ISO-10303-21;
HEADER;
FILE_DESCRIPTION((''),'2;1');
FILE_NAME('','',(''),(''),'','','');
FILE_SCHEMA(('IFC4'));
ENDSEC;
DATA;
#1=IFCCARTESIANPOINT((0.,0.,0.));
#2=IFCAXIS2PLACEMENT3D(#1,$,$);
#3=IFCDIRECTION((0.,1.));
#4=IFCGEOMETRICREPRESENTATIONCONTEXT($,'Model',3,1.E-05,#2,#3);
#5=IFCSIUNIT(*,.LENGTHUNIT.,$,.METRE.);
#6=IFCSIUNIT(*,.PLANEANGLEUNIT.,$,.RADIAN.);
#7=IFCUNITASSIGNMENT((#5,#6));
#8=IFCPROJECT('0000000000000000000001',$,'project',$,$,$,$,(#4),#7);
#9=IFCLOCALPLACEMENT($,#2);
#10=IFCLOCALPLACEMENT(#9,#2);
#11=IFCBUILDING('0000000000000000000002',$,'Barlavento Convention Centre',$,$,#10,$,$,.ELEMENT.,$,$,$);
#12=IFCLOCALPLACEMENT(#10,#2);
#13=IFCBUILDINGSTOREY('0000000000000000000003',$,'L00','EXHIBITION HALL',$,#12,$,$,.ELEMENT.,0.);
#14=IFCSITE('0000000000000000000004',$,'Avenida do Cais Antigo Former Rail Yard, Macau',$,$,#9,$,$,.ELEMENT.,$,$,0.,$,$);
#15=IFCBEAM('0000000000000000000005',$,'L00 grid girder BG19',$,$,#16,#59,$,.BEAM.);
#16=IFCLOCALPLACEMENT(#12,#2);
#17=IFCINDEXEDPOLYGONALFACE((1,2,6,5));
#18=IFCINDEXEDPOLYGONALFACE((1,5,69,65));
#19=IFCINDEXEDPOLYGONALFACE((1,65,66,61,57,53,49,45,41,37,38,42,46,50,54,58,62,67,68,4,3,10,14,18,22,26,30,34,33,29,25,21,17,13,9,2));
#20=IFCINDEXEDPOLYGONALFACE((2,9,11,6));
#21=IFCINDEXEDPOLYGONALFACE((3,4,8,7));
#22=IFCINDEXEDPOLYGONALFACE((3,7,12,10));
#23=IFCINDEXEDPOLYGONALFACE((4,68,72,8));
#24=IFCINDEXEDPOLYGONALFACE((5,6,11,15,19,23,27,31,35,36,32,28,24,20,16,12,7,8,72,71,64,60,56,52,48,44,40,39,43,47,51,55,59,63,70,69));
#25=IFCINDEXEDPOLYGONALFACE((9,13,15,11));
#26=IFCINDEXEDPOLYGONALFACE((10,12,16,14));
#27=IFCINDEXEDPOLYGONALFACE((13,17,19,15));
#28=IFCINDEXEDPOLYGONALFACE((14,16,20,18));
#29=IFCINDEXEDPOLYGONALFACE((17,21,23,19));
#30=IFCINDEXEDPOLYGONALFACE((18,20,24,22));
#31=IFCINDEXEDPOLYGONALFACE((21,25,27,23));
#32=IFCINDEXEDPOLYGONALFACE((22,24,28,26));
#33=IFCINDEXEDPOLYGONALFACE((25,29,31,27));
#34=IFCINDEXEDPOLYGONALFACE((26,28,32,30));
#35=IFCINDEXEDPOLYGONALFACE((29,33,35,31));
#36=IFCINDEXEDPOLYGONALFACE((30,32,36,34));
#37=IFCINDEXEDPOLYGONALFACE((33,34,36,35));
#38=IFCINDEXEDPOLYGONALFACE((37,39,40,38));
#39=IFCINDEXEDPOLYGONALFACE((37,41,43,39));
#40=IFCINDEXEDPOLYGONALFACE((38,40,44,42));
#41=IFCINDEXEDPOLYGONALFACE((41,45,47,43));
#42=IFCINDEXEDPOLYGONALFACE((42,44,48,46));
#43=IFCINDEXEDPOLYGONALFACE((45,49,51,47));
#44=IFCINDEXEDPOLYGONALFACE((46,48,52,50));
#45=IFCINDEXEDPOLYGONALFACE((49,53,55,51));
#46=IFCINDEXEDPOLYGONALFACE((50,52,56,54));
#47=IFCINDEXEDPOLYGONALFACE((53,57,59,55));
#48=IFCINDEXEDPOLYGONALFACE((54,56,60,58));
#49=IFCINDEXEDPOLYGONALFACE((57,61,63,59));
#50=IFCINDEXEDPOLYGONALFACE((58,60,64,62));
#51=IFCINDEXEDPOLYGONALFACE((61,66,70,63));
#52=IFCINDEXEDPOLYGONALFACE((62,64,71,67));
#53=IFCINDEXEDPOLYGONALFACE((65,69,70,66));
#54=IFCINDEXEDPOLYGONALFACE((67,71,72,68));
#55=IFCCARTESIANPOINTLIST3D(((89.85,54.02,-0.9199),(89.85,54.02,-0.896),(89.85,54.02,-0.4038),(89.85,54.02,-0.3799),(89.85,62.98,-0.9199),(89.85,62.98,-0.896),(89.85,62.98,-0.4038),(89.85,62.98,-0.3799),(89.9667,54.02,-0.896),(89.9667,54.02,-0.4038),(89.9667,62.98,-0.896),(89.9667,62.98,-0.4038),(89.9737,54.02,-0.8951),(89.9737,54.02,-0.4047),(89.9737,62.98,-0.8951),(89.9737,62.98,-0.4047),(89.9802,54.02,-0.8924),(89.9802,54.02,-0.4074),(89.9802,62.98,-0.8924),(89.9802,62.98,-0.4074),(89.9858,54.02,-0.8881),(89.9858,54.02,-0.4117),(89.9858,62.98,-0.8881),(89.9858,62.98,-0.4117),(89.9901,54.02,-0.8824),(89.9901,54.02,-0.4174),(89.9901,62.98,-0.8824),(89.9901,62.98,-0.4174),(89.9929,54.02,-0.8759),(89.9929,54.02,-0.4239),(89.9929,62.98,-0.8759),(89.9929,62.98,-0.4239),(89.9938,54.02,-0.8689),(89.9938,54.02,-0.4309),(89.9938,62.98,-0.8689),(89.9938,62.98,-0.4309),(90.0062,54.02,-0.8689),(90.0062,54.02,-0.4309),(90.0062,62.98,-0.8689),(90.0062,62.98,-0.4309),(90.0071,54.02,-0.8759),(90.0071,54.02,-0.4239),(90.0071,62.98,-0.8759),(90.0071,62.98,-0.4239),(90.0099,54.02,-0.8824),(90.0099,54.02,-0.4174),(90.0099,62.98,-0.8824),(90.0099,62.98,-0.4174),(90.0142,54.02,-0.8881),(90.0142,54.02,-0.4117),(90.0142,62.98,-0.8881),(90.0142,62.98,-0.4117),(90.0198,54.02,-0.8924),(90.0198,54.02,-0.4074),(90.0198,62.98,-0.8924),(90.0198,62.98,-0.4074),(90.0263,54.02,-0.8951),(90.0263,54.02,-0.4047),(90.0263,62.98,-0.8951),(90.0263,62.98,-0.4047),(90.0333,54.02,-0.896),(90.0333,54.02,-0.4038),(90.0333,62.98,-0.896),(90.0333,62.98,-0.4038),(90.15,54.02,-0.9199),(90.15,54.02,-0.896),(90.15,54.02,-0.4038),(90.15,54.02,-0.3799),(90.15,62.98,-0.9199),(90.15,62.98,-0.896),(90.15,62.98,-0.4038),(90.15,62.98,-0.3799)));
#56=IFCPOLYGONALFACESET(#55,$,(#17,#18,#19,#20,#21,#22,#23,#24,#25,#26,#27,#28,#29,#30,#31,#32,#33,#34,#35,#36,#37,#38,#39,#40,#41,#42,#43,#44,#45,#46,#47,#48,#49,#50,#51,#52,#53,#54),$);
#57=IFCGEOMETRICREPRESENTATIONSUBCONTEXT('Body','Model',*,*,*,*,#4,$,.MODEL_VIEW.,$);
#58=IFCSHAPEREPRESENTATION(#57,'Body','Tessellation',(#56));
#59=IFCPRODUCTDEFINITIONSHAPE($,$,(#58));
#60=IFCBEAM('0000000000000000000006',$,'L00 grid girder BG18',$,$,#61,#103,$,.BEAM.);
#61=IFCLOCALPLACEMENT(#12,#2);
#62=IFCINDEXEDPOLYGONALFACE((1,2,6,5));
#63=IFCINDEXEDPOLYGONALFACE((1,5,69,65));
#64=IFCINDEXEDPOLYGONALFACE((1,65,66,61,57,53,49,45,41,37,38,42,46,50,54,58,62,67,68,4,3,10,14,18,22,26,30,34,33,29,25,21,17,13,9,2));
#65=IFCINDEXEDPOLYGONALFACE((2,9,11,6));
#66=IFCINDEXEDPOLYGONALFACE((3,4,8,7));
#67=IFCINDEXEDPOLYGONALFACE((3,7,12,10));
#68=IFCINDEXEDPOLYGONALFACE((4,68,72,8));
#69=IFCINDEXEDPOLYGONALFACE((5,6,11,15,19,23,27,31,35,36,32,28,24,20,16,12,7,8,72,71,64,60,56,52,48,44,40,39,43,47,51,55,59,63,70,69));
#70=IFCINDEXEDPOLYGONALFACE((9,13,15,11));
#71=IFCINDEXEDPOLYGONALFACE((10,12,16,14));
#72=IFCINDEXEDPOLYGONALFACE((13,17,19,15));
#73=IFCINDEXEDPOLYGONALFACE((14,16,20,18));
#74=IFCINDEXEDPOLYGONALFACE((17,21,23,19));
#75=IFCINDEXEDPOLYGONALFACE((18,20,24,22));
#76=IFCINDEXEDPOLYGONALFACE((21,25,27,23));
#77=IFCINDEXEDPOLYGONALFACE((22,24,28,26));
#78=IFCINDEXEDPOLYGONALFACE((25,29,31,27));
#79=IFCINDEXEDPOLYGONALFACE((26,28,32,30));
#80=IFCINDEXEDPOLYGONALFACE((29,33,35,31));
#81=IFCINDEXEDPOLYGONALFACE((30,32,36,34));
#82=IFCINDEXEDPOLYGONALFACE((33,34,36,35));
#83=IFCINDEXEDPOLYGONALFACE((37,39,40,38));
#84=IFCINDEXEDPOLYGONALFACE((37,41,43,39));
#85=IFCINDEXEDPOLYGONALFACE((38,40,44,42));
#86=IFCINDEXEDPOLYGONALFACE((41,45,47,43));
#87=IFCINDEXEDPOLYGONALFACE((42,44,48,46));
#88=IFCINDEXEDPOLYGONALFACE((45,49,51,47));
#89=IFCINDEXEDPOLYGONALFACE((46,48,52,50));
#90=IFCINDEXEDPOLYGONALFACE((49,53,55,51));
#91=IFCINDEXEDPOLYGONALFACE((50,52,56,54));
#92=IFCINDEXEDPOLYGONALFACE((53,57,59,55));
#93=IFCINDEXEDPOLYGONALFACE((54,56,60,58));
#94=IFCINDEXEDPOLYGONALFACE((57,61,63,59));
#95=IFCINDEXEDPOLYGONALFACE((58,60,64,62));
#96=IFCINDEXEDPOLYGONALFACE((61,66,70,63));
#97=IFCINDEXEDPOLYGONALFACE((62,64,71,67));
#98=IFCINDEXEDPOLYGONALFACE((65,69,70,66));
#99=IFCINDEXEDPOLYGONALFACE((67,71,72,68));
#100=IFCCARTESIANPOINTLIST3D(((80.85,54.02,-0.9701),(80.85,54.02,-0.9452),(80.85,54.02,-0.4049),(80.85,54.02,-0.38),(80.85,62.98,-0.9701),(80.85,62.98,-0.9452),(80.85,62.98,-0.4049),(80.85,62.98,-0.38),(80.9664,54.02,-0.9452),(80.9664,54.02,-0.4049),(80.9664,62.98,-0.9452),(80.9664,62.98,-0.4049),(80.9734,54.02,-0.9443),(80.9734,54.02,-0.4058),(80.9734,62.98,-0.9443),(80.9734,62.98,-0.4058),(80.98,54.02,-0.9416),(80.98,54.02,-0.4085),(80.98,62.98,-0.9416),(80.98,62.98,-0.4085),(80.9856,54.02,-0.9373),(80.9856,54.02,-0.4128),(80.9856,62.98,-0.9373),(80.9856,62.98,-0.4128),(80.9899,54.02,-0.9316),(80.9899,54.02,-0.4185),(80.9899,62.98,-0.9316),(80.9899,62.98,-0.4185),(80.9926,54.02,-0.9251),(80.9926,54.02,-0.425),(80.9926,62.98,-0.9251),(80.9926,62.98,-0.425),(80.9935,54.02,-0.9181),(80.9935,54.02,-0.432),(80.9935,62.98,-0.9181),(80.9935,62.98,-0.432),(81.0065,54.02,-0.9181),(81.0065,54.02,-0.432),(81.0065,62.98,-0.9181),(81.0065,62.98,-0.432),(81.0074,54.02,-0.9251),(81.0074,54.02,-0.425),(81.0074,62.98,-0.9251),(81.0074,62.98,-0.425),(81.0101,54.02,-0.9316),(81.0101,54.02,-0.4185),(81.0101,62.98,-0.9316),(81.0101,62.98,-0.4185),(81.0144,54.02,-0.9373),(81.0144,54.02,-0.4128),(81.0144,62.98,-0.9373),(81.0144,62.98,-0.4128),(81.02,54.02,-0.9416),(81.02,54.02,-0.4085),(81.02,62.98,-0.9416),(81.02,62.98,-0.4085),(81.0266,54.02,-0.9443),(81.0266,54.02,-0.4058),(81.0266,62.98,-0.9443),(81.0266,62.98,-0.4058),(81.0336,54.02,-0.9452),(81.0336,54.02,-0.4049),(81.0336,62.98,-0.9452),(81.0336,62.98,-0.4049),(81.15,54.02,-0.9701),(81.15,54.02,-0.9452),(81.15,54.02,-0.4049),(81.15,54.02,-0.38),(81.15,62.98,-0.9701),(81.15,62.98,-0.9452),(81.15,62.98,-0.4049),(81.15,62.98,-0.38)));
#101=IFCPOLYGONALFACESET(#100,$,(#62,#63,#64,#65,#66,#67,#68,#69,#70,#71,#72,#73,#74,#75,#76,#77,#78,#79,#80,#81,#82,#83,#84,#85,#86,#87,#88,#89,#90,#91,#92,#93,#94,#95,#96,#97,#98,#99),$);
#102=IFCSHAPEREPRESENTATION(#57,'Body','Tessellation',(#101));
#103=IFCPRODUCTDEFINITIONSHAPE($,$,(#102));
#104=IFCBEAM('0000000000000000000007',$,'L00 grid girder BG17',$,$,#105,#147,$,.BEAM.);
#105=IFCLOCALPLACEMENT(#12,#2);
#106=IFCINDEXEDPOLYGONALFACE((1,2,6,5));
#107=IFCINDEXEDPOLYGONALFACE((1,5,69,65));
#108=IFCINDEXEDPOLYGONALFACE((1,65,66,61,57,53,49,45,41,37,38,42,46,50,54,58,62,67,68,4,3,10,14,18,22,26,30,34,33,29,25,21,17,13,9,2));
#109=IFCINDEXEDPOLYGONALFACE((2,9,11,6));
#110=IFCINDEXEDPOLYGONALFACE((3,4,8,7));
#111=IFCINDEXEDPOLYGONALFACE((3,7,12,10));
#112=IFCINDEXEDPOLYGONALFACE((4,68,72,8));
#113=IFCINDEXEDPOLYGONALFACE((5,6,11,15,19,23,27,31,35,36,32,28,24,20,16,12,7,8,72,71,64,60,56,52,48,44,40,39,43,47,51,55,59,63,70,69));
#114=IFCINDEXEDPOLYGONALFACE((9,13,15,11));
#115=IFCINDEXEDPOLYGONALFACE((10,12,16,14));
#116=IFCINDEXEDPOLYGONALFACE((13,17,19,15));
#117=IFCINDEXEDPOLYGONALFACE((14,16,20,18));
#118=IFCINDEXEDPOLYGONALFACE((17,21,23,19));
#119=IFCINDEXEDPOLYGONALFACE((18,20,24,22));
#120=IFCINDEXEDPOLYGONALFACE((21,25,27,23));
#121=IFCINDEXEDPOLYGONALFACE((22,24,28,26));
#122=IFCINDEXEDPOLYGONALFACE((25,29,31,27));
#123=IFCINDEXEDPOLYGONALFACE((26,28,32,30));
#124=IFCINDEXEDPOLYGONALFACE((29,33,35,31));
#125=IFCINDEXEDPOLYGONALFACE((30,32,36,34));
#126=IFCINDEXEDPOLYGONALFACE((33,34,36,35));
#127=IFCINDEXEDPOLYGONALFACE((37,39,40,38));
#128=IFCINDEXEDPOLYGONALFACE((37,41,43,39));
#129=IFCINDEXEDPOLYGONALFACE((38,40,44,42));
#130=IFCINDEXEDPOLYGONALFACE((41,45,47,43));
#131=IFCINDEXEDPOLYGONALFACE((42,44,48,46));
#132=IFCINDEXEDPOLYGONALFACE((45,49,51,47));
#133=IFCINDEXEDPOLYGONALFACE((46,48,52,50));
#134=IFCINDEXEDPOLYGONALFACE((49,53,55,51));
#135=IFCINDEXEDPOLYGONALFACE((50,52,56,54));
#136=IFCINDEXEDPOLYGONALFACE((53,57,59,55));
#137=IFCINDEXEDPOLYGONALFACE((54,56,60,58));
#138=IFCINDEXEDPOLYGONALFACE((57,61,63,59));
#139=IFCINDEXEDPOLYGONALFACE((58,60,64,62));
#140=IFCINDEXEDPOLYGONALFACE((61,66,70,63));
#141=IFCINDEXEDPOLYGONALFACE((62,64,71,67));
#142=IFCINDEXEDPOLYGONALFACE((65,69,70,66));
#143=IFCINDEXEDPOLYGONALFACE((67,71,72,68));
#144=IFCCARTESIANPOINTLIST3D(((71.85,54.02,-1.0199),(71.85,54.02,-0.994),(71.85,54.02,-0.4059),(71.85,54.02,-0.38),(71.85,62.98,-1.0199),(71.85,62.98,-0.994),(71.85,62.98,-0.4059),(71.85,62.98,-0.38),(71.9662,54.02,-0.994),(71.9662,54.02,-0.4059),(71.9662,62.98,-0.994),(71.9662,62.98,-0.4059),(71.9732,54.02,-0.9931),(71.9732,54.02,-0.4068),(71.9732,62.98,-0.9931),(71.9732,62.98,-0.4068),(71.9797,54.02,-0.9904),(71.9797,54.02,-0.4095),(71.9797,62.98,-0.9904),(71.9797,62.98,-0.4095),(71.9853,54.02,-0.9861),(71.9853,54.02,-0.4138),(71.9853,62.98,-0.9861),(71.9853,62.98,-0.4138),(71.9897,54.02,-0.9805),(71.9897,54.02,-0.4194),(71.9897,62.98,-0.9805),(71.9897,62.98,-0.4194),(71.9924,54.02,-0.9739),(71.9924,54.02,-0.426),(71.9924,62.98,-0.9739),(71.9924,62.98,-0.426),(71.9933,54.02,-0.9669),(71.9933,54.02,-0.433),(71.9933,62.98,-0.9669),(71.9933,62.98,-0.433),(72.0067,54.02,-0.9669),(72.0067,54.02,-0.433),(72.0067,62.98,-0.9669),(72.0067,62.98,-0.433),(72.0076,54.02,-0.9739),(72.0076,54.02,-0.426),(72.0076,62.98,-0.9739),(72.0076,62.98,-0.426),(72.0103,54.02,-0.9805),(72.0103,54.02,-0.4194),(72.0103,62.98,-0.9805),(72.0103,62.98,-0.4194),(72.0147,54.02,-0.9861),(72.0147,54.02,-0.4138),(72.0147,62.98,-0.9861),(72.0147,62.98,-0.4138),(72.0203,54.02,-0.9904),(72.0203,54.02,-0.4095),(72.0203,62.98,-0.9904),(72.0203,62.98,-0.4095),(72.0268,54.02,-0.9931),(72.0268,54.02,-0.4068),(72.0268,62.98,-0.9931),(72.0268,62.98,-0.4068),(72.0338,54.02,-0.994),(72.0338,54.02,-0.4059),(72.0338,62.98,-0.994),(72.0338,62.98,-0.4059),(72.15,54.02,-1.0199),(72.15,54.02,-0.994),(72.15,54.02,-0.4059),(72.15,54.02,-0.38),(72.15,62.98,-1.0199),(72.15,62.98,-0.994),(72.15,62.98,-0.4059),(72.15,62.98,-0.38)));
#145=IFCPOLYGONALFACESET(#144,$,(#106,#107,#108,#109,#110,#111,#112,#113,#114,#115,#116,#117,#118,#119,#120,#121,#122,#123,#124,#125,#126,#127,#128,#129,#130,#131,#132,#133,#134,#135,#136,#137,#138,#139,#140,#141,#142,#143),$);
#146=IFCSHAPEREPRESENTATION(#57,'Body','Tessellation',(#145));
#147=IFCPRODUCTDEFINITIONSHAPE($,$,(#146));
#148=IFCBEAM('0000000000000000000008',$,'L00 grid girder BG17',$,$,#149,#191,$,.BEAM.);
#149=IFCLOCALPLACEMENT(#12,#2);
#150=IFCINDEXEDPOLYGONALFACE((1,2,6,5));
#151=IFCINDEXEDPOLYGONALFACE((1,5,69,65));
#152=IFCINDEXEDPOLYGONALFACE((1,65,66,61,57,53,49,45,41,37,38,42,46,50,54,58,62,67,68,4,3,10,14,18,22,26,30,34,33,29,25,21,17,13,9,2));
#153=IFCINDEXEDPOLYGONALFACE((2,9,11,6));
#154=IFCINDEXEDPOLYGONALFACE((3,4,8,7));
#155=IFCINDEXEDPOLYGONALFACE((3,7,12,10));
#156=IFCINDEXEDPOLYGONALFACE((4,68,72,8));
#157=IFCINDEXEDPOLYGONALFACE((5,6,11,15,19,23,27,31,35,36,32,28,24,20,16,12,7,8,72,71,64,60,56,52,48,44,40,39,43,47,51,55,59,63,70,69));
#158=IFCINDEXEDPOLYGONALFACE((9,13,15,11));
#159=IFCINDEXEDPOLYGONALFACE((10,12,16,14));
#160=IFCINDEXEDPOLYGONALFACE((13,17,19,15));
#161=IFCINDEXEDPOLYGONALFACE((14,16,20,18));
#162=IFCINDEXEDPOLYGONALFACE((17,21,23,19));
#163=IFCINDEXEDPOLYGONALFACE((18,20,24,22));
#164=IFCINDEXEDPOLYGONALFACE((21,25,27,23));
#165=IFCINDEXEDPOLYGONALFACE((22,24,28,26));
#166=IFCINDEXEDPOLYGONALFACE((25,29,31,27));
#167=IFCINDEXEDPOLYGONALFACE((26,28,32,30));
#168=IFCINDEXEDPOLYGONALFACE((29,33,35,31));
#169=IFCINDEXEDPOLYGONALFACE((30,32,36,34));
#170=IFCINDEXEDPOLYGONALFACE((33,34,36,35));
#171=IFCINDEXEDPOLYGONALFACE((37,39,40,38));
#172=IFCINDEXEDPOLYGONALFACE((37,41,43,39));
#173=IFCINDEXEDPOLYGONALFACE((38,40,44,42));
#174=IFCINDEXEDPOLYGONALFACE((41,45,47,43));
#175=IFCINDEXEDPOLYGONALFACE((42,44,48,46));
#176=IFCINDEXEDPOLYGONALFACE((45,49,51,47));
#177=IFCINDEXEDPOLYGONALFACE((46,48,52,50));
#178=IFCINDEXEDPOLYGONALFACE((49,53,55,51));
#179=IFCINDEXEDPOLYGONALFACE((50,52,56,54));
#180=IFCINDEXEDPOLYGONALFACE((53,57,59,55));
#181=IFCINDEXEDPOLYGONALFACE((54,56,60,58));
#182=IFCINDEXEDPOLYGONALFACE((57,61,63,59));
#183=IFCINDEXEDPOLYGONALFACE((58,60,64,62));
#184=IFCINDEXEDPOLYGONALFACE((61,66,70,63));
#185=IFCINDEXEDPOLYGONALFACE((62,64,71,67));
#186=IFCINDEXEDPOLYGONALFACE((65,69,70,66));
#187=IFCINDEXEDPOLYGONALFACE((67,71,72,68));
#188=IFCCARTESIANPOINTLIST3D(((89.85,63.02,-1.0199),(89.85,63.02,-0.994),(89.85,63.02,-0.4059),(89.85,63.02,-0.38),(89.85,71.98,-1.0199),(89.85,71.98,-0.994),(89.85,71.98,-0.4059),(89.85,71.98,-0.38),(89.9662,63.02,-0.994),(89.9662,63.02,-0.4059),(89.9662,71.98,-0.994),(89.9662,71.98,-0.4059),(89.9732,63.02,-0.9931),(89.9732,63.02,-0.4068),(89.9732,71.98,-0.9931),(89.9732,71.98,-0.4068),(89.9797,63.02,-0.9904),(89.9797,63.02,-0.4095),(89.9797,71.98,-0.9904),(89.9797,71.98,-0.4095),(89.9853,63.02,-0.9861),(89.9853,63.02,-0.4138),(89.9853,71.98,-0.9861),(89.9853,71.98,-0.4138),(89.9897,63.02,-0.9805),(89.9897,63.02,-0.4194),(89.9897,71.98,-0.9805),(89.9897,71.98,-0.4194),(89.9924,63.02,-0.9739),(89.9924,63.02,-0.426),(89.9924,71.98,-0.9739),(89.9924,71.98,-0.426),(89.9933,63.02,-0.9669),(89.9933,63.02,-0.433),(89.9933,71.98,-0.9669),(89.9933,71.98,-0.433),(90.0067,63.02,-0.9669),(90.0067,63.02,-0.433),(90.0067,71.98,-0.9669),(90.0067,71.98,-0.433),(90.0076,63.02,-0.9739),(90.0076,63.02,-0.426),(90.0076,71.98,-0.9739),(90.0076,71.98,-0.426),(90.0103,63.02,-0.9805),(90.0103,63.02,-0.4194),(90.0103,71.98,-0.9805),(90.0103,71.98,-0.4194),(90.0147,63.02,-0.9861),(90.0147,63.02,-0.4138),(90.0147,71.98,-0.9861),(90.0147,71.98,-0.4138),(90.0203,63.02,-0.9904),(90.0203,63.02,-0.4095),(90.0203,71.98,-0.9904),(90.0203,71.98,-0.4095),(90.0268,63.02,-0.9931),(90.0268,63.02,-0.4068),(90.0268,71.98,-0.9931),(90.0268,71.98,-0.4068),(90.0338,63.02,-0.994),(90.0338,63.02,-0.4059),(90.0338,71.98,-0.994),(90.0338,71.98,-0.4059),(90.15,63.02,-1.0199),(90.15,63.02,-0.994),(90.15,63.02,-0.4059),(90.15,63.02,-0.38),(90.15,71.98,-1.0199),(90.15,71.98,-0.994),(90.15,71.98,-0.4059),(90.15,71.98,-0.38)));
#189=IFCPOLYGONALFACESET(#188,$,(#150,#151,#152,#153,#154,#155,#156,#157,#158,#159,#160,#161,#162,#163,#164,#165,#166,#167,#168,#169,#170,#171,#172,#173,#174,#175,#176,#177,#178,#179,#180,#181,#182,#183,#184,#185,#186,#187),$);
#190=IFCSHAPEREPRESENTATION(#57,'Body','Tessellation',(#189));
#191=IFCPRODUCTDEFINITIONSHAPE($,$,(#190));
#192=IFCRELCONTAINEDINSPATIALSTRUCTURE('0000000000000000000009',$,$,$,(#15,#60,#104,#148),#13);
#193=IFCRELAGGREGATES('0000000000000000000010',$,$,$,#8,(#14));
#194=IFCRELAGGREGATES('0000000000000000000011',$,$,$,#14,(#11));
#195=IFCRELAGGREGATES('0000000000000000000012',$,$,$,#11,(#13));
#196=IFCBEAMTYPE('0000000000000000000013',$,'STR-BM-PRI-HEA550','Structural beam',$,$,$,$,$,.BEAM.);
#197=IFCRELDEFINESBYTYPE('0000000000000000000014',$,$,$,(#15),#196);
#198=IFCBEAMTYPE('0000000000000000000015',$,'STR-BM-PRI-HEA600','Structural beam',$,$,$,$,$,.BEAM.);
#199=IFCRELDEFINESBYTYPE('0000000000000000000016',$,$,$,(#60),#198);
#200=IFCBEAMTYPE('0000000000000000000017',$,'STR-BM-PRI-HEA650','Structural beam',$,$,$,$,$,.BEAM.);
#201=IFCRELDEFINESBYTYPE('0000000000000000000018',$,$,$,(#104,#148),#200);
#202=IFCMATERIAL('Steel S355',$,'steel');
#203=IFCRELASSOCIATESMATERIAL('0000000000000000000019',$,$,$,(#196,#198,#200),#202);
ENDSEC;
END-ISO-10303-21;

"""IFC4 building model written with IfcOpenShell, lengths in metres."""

from ifc_helpers import new_model, si_unit, direction, frame, origin, origin_2d, place, context, subcontext, project, spatial, i_section, extrude, material, material_profile, profile_set, type_object, element, save


model = new_model("IFC4")

# Units and contexts
model_context = context("Model", 3, precision=1e-05, world=origin(), true_north=direction((0.0, 1.0)))
body_context = subcontext(model_context, "Body", "Model", "MODEL_VIEW")
ifc_project = project(units=[si_unit("LENGTHUNIT", "METRE"), si_unit("PLANEANGLEUNIT", "RADIAN")], contexts=[model_context])

# Site, building, storey
site_placement = place(None, origin())
site = spatial("IfcSite", under=ifc_project, at=site_placement, Name="Avenida do Cais Antigo Former Rail Yard, Macau", CompositionType="ELEMENT", RefElevation=0.0)
building_placement = place(site_placement, origin())
building = spatial("IfcBuilding", under=site, at=building_placement, Name="Barlavento Convention Centre", CompositionType="ELEMENT")
storey_placement = place(building_placement, origin())
storey = spatial("IfcBuildingStorey", under=building, at=storey_placement, Name="L00", Description="EXHIBITION HALL", CompositionType="ELEMENT", Elevation=0.0)

# Beams
ifc_material_1 = material(Name="Steel S355", Category="steel")
ifc_material_profile_1 = material_profile(ifc_material_1, i_section(OverallWidth=0.3, OverallDepth=0.54, WebThickness=0.0125, FlangeThickness=0.0239, FilletRadius=0.0271, at=origin_2d()), Name="HEA 550")
ifc_profile_set_1 = profile_set([ifc_material_profile_1], Name="Steel S355")
beam_type_1 = type_object("IfcBeamType", Name="STR-BM-PRI-HEA550", Description="Structural beam", PredefinedType="BEAM", material=ifc_profile_set_1)
beam_1_placement = place(storey_placement, frame((90.0, 54.02, -0.6499), z_axis=(0.0, 1.0, 0.0), x_axis=(-1.0, 0.0, 0.0)))
element("IfcBeam", 1, at=beam_1_placement, inside=storey, type_object=beam_type_1, Name="L00 grid girder BG19", PredefinedType="BEAM", context=body_context, shape_type="SweptSolid", body=[
    extrude(i_section(OverallWidth=0.3, OverallDepth=0.54, WebThickness=0.0125, FlangeThickness=0.0239, FilletRadius=0.0271, at=origin_2d()), origin(), (0.0, 0.0, 1.0), 8.96),
])
ifc_material_profile_2 = material_profile(ifc_material_1, i_section(OverallWidth=0.3, OverallDepth=0.5901, WebThickness=0.0129, FlangeThickness=0.0249, FilletRadius=0.0271, at=origin_2d()), Name="HEA 600")
ifc_profile_set_2 = profile_set([ifc_material_profile_2], Name="Steel S355")
beam_type_2 = type_object("IfcBeamType", Name="STR-BM-PRI-HEA600", Description="Structural beam", PredefinedType="BEAM", material=ifc_profile_set_2)
beam_2_placement = place(storey_placement, frame((81.0, 54.02, -0.675), z_axis=(0.0, 1.0, 0.0), x_axis=(-1.0, 0.0, 0.0)))
element("IfcBeam", 2, at=beam_2_placement, inside=storey, type_object=beam_type_2, Name="L00 grid girder BG18", PredefinedType="BEAM", context=body_context, shape_type="SweptSolid", body=[
    extrude(i_section(OverallWidth=0.3, OverallDepth=0.5901, WebThickness=0.0129, FlangeThickness=0.0249, FilletRadius=0.0271, at=origin_2d()), origin(), (0.0, 0.0, 1.0), 8.96),
])
ifc_material_profile_3 = material_profile(ifc_material_1, i_section(OverallWidth=0.3, OverallDepth=0.6399, WebThickness=0.0134, FlangeThickness=0.0259, FilletRadius=0.0271, at=origin_2d()), Name="HEA 650")
ifc_profile_set_3 = profile_set([ifc_material_profile_3], Name="Steel S355")
beam_type_3 = type_object("IfcBeamType", Name="STR-BM-PRI-HEA650", Description="Structural beam", PredefinedType="BEAM", material=ifc_profile_set_3)
for number, where, z_axis, x_axis, name in (
    (3, (72.0, 54.02, -0.7), (0.0, 1.0, 0.0), (-1.0, 0.0, 0.0), "L00 grid girder BG17"),
    (4, (90.0, 63.02, -0.7), (0.0, 1.0, 0.0), (-1.0, 0.0, 0.0), "L00 grid girder BG17"),
):
    element("IfcBeam", number, at=place(storey_placement, frame(where, z_axis=z_axis, x_axis=x_axis)), inside=storey, type_object=beam_type_3, Name=name, PredefinedType="BEAM", context=body_context, shape_type="SweptSolid", body=[
        extrude(i_section(OverallWidth=0.3, OverallDepth=0.6399, WebThickness=0.0134, FlangeThickness=0.0259, FilletRadius=0.0271, at=origin_2d()), origin(), (0.0, 0.0, 1.0), 8.96),
    ])

save(model, "model.ifc")
